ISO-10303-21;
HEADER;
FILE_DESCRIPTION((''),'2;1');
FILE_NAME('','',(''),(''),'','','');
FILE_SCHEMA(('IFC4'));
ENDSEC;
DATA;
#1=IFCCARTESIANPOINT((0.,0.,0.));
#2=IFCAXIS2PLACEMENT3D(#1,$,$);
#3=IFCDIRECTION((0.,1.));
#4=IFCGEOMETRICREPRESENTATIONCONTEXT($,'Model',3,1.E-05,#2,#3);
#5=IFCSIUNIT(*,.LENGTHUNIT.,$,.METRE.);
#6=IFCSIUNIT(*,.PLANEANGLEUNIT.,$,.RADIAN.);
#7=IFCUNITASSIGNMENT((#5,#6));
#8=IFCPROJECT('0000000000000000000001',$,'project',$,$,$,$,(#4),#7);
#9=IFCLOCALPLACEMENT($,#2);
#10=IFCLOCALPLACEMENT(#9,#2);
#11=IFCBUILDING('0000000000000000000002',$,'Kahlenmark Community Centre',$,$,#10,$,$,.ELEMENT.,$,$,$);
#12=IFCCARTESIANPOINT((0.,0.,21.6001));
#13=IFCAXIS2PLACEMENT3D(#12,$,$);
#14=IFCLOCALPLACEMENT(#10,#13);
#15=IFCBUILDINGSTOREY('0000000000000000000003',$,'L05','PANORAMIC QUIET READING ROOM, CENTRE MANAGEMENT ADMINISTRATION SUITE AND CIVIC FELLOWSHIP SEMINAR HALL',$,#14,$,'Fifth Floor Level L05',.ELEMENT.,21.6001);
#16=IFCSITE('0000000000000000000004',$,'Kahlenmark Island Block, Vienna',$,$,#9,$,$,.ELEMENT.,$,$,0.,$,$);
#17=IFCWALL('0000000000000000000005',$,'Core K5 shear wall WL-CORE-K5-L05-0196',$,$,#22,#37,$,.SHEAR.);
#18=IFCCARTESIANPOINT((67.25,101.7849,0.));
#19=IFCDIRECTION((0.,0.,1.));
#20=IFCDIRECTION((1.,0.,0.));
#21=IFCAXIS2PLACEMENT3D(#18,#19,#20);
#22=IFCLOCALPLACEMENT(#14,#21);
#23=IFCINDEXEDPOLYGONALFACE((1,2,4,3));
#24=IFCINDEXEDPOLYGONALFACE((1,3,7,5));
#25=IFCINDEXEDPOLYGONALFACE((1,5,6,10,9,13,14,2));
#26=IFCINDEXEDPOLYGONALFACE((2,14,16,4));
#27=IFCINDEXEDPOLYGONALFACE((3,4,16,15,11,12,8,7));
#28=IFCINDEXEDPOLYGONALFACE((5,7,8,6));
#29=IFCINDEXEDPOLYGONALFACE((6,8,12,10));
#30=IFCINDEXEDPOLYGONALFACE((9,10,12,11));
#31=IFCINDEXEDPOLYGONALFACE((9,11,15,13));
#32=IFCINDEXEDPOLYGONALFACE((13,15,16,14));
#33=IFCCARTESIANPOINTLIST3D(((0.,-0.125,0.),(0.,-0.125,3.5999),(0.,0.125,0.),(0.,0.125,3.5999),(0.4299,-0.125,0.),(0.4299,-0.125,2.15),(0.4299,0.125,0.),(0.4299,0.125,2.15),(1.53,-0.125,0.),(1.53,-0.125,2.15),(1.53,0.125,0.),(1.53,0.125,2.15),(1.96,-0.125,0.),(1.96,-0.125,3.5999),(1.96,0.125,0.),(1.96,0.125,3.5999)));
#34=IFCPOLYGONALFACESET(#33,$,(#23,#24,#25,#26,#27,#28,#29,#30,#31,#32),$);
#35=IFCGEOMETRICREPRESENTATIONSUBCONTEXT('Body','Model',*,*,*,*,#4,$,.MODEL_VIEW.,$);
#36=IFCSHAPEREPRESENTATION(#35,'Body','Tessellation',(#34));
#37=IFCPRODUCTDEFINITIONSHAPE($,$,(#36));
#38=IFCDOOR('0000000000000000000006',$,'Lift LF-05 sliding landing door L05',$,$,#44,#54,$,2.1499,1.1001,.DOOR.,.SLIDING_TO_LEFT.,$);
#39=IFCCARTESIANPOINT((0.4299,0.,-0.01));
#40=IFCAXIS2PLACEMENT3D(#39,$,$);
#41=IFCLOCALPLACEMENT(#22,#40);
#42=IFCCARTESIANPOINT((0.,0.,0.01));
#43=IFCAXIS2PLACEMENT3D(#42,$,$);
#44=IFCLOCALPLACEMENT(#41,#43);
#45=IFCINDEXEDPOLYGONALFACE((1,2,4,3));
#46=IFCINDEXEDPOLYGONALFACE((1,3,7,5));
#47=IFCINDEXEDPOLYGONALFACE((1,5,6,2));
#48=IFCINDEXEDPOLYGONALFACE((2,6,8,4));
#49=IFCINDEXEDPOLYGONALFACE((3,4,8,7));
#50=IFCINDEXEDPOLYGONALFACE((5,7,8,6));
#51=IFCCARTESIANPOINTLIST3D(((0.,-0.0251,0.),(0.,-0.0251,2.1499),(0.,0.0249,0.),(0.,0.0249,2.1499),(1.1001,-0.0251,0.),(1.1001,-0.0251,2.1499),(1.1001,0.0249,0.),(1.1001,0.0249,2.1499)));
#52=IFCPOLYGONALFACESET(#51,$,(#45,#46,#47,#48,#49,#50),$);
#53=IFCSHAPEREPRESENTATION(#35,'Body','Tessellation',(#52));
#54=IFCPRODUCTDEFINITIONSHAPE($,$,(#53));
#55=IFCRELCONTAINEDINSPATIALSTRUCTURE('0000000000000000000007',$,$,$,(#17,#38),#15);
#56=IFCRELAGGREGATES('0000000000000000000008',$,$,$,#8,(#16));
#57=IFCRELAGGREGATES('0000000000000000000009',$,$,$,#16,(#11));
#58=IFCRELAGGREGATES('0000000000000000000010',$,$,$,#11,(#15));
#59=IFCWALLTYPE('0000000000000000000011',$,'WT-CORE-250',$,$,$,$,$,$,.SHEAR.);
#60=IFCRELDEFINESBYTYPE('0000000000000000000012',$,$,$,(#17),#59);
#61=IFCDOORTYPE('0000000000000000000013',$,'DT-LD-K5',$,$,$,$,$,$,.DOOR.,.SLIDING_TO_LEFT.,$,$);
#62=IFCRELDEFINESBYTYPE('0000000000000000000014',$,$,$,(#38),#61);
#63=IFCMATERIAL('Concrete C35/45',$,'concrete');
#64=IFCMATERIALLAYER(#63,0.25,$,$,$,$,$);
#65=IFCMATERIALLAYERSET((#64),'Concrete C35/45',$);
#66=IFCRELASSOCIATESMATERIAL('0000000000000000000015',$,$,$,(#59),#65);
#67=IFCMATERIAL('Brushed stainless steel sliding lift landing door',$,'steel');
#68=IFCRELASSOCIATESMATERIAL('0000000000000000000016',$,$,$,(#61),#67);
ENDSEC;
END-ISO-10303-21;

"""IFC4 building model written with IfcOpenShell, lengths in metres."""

from ifc_helpers import new_model, si_unit, direction, frame, frame_2d, origin, place, context, subcontext, project, spatial, rectangle, extrude, material, layer, layer_set, type_object, element, fill, save


model = new_model("IFC4")

# Units and contexts
model_context = context("Model", 3, precision=1e-05, world=origin(), true_north=direction((0.0, 1.0)))
body_context = subcontext(model_context, "Body", "Model", "MODEL_VIEW")
ifc_project = project(units=[si_unit("LENGTHUNIT", "METRE"), si_unit("PLANEANGLEUNIT", "RADIAN")], contexts=[model_context])

# Site, building, storey
site_placement = place(None, origin())
site = spatial("IfcSite", under=ifc_project, at=site_placement, Name="Kahlenmark Island Block, Vienna", CompositionType="ELEMENT", RefElevation=0.0)
building_placement = place(site_placement, origin())
building = spatial("IfcBuilding", under=site, at=building_placement, Name="Kahlenmark Community Centre", CompositionType="ELEMENT")
storey_placement = place(building_placement, frame((0.0, 0.0, 21.6001)))
storey = spatial("IfcBuildingStorey", under=building, at=storey_placement, Name="L05", Description="PANORAMIC QUIET READING ROOM, CENTRE MANAGEMENT ADMINISTRATION SUITE AND CIVIC FELLOWSHIP SEMINAR HALL", LongName="Fifth Floor Level L05", CompositionType="ELEMENT", Elevation=21.6001)

# Shared definitions
ifc_material_1 = material(Name="Concrete C35/45", Category="concrete")
ifc_layer_1 = layer(ifc_material_1, 0.25)
ifc_layer_set_1 = layer_set([ifc_layer_1], Name="Concrete C35/45")
wall_type_1 = type_object("IfcWallType", Name="WT-CORE-250", PredefinedType="SHEAR", material=ifc_layer_set_1)

# Wall, opening, door
wall_1_placement = place(storey_placement, frame((67.25, 101.7849, 0.0), z_axis=(0.0, 0.0, 1.0), x_axis=(1.0, 0.0, 0.0)))
wall_1 = element("IfcWall", 1, at=wall_1_placement, inside=storey, type_object=wall_type_1, Name="Core K5 shear wall WL-CORE-K5-L05-0196", PredefinedType="SHEAR", context=body_context, shape_type="SweptSolid", body=[
    extrude(rectangle(XDim=1.96, YDim=0.25, at=frame_2d((0.98, 0.0))), origin(), (0.0, 0.0, 1.0), 3.5999),
])
opening_placement = place(wall_1_placement, frame((0.4299, 0.0, -0.01)))
opening = element("IfcOpeningElement", 2, at=opening_placement, cuts=wall_1, PredefinedType="OPENING", context=body_context, shape_type="SweptSolid", body=[
    extrude(rectangle(XDim=1.1001, YDim=2.1599, at=frame_2d((0.55, 1.0801))), frame((0.0, 0.135, 0.0), z_axis=(0.0, -1.0, 0.0), x_axis=(1.0, 0.0, 0.0)), (0.0, 0.0, 1.0), 0.27),
])
ifc_material_2 = material(Name="Brushed stainless steel sliding lift landing door", Category="steel")
door_type = type_object("IfcDoorType", Name="DT-LD-K5", OperationType="SLIDING_TO_LEFT", PredefinedType="DOOR", material=ifc_material_2)
door_placement = place(opening_placement, frame((0.0, 0.0, 0.01)))
door = element("IfcDoor", 3, at=door_placement, inside=storey, type_object=door_type, Name="Lift LF-05 sliding landing door L05", OperationType="SLIDING_TO_LEFT", OverallHeight=2.1499, OverallWidth=1.1001, PredefinedType="DOOR", context=body_context, shape_type="SweptSolid", body=[
    extrude(rectangle(XDim=1.1001, YDim=2.1499, at=frame_2d((0.55, 1.075))), frame((0.0, 0.0249, 0.0), z_axis=(0.0, -1.0, 0.0), x_axis=(1.0, 0.0, 0.0)), (0.0, 0.0, 1.0), 0.05),
])
fill(opening, door)

save(model, "model.ifc")
